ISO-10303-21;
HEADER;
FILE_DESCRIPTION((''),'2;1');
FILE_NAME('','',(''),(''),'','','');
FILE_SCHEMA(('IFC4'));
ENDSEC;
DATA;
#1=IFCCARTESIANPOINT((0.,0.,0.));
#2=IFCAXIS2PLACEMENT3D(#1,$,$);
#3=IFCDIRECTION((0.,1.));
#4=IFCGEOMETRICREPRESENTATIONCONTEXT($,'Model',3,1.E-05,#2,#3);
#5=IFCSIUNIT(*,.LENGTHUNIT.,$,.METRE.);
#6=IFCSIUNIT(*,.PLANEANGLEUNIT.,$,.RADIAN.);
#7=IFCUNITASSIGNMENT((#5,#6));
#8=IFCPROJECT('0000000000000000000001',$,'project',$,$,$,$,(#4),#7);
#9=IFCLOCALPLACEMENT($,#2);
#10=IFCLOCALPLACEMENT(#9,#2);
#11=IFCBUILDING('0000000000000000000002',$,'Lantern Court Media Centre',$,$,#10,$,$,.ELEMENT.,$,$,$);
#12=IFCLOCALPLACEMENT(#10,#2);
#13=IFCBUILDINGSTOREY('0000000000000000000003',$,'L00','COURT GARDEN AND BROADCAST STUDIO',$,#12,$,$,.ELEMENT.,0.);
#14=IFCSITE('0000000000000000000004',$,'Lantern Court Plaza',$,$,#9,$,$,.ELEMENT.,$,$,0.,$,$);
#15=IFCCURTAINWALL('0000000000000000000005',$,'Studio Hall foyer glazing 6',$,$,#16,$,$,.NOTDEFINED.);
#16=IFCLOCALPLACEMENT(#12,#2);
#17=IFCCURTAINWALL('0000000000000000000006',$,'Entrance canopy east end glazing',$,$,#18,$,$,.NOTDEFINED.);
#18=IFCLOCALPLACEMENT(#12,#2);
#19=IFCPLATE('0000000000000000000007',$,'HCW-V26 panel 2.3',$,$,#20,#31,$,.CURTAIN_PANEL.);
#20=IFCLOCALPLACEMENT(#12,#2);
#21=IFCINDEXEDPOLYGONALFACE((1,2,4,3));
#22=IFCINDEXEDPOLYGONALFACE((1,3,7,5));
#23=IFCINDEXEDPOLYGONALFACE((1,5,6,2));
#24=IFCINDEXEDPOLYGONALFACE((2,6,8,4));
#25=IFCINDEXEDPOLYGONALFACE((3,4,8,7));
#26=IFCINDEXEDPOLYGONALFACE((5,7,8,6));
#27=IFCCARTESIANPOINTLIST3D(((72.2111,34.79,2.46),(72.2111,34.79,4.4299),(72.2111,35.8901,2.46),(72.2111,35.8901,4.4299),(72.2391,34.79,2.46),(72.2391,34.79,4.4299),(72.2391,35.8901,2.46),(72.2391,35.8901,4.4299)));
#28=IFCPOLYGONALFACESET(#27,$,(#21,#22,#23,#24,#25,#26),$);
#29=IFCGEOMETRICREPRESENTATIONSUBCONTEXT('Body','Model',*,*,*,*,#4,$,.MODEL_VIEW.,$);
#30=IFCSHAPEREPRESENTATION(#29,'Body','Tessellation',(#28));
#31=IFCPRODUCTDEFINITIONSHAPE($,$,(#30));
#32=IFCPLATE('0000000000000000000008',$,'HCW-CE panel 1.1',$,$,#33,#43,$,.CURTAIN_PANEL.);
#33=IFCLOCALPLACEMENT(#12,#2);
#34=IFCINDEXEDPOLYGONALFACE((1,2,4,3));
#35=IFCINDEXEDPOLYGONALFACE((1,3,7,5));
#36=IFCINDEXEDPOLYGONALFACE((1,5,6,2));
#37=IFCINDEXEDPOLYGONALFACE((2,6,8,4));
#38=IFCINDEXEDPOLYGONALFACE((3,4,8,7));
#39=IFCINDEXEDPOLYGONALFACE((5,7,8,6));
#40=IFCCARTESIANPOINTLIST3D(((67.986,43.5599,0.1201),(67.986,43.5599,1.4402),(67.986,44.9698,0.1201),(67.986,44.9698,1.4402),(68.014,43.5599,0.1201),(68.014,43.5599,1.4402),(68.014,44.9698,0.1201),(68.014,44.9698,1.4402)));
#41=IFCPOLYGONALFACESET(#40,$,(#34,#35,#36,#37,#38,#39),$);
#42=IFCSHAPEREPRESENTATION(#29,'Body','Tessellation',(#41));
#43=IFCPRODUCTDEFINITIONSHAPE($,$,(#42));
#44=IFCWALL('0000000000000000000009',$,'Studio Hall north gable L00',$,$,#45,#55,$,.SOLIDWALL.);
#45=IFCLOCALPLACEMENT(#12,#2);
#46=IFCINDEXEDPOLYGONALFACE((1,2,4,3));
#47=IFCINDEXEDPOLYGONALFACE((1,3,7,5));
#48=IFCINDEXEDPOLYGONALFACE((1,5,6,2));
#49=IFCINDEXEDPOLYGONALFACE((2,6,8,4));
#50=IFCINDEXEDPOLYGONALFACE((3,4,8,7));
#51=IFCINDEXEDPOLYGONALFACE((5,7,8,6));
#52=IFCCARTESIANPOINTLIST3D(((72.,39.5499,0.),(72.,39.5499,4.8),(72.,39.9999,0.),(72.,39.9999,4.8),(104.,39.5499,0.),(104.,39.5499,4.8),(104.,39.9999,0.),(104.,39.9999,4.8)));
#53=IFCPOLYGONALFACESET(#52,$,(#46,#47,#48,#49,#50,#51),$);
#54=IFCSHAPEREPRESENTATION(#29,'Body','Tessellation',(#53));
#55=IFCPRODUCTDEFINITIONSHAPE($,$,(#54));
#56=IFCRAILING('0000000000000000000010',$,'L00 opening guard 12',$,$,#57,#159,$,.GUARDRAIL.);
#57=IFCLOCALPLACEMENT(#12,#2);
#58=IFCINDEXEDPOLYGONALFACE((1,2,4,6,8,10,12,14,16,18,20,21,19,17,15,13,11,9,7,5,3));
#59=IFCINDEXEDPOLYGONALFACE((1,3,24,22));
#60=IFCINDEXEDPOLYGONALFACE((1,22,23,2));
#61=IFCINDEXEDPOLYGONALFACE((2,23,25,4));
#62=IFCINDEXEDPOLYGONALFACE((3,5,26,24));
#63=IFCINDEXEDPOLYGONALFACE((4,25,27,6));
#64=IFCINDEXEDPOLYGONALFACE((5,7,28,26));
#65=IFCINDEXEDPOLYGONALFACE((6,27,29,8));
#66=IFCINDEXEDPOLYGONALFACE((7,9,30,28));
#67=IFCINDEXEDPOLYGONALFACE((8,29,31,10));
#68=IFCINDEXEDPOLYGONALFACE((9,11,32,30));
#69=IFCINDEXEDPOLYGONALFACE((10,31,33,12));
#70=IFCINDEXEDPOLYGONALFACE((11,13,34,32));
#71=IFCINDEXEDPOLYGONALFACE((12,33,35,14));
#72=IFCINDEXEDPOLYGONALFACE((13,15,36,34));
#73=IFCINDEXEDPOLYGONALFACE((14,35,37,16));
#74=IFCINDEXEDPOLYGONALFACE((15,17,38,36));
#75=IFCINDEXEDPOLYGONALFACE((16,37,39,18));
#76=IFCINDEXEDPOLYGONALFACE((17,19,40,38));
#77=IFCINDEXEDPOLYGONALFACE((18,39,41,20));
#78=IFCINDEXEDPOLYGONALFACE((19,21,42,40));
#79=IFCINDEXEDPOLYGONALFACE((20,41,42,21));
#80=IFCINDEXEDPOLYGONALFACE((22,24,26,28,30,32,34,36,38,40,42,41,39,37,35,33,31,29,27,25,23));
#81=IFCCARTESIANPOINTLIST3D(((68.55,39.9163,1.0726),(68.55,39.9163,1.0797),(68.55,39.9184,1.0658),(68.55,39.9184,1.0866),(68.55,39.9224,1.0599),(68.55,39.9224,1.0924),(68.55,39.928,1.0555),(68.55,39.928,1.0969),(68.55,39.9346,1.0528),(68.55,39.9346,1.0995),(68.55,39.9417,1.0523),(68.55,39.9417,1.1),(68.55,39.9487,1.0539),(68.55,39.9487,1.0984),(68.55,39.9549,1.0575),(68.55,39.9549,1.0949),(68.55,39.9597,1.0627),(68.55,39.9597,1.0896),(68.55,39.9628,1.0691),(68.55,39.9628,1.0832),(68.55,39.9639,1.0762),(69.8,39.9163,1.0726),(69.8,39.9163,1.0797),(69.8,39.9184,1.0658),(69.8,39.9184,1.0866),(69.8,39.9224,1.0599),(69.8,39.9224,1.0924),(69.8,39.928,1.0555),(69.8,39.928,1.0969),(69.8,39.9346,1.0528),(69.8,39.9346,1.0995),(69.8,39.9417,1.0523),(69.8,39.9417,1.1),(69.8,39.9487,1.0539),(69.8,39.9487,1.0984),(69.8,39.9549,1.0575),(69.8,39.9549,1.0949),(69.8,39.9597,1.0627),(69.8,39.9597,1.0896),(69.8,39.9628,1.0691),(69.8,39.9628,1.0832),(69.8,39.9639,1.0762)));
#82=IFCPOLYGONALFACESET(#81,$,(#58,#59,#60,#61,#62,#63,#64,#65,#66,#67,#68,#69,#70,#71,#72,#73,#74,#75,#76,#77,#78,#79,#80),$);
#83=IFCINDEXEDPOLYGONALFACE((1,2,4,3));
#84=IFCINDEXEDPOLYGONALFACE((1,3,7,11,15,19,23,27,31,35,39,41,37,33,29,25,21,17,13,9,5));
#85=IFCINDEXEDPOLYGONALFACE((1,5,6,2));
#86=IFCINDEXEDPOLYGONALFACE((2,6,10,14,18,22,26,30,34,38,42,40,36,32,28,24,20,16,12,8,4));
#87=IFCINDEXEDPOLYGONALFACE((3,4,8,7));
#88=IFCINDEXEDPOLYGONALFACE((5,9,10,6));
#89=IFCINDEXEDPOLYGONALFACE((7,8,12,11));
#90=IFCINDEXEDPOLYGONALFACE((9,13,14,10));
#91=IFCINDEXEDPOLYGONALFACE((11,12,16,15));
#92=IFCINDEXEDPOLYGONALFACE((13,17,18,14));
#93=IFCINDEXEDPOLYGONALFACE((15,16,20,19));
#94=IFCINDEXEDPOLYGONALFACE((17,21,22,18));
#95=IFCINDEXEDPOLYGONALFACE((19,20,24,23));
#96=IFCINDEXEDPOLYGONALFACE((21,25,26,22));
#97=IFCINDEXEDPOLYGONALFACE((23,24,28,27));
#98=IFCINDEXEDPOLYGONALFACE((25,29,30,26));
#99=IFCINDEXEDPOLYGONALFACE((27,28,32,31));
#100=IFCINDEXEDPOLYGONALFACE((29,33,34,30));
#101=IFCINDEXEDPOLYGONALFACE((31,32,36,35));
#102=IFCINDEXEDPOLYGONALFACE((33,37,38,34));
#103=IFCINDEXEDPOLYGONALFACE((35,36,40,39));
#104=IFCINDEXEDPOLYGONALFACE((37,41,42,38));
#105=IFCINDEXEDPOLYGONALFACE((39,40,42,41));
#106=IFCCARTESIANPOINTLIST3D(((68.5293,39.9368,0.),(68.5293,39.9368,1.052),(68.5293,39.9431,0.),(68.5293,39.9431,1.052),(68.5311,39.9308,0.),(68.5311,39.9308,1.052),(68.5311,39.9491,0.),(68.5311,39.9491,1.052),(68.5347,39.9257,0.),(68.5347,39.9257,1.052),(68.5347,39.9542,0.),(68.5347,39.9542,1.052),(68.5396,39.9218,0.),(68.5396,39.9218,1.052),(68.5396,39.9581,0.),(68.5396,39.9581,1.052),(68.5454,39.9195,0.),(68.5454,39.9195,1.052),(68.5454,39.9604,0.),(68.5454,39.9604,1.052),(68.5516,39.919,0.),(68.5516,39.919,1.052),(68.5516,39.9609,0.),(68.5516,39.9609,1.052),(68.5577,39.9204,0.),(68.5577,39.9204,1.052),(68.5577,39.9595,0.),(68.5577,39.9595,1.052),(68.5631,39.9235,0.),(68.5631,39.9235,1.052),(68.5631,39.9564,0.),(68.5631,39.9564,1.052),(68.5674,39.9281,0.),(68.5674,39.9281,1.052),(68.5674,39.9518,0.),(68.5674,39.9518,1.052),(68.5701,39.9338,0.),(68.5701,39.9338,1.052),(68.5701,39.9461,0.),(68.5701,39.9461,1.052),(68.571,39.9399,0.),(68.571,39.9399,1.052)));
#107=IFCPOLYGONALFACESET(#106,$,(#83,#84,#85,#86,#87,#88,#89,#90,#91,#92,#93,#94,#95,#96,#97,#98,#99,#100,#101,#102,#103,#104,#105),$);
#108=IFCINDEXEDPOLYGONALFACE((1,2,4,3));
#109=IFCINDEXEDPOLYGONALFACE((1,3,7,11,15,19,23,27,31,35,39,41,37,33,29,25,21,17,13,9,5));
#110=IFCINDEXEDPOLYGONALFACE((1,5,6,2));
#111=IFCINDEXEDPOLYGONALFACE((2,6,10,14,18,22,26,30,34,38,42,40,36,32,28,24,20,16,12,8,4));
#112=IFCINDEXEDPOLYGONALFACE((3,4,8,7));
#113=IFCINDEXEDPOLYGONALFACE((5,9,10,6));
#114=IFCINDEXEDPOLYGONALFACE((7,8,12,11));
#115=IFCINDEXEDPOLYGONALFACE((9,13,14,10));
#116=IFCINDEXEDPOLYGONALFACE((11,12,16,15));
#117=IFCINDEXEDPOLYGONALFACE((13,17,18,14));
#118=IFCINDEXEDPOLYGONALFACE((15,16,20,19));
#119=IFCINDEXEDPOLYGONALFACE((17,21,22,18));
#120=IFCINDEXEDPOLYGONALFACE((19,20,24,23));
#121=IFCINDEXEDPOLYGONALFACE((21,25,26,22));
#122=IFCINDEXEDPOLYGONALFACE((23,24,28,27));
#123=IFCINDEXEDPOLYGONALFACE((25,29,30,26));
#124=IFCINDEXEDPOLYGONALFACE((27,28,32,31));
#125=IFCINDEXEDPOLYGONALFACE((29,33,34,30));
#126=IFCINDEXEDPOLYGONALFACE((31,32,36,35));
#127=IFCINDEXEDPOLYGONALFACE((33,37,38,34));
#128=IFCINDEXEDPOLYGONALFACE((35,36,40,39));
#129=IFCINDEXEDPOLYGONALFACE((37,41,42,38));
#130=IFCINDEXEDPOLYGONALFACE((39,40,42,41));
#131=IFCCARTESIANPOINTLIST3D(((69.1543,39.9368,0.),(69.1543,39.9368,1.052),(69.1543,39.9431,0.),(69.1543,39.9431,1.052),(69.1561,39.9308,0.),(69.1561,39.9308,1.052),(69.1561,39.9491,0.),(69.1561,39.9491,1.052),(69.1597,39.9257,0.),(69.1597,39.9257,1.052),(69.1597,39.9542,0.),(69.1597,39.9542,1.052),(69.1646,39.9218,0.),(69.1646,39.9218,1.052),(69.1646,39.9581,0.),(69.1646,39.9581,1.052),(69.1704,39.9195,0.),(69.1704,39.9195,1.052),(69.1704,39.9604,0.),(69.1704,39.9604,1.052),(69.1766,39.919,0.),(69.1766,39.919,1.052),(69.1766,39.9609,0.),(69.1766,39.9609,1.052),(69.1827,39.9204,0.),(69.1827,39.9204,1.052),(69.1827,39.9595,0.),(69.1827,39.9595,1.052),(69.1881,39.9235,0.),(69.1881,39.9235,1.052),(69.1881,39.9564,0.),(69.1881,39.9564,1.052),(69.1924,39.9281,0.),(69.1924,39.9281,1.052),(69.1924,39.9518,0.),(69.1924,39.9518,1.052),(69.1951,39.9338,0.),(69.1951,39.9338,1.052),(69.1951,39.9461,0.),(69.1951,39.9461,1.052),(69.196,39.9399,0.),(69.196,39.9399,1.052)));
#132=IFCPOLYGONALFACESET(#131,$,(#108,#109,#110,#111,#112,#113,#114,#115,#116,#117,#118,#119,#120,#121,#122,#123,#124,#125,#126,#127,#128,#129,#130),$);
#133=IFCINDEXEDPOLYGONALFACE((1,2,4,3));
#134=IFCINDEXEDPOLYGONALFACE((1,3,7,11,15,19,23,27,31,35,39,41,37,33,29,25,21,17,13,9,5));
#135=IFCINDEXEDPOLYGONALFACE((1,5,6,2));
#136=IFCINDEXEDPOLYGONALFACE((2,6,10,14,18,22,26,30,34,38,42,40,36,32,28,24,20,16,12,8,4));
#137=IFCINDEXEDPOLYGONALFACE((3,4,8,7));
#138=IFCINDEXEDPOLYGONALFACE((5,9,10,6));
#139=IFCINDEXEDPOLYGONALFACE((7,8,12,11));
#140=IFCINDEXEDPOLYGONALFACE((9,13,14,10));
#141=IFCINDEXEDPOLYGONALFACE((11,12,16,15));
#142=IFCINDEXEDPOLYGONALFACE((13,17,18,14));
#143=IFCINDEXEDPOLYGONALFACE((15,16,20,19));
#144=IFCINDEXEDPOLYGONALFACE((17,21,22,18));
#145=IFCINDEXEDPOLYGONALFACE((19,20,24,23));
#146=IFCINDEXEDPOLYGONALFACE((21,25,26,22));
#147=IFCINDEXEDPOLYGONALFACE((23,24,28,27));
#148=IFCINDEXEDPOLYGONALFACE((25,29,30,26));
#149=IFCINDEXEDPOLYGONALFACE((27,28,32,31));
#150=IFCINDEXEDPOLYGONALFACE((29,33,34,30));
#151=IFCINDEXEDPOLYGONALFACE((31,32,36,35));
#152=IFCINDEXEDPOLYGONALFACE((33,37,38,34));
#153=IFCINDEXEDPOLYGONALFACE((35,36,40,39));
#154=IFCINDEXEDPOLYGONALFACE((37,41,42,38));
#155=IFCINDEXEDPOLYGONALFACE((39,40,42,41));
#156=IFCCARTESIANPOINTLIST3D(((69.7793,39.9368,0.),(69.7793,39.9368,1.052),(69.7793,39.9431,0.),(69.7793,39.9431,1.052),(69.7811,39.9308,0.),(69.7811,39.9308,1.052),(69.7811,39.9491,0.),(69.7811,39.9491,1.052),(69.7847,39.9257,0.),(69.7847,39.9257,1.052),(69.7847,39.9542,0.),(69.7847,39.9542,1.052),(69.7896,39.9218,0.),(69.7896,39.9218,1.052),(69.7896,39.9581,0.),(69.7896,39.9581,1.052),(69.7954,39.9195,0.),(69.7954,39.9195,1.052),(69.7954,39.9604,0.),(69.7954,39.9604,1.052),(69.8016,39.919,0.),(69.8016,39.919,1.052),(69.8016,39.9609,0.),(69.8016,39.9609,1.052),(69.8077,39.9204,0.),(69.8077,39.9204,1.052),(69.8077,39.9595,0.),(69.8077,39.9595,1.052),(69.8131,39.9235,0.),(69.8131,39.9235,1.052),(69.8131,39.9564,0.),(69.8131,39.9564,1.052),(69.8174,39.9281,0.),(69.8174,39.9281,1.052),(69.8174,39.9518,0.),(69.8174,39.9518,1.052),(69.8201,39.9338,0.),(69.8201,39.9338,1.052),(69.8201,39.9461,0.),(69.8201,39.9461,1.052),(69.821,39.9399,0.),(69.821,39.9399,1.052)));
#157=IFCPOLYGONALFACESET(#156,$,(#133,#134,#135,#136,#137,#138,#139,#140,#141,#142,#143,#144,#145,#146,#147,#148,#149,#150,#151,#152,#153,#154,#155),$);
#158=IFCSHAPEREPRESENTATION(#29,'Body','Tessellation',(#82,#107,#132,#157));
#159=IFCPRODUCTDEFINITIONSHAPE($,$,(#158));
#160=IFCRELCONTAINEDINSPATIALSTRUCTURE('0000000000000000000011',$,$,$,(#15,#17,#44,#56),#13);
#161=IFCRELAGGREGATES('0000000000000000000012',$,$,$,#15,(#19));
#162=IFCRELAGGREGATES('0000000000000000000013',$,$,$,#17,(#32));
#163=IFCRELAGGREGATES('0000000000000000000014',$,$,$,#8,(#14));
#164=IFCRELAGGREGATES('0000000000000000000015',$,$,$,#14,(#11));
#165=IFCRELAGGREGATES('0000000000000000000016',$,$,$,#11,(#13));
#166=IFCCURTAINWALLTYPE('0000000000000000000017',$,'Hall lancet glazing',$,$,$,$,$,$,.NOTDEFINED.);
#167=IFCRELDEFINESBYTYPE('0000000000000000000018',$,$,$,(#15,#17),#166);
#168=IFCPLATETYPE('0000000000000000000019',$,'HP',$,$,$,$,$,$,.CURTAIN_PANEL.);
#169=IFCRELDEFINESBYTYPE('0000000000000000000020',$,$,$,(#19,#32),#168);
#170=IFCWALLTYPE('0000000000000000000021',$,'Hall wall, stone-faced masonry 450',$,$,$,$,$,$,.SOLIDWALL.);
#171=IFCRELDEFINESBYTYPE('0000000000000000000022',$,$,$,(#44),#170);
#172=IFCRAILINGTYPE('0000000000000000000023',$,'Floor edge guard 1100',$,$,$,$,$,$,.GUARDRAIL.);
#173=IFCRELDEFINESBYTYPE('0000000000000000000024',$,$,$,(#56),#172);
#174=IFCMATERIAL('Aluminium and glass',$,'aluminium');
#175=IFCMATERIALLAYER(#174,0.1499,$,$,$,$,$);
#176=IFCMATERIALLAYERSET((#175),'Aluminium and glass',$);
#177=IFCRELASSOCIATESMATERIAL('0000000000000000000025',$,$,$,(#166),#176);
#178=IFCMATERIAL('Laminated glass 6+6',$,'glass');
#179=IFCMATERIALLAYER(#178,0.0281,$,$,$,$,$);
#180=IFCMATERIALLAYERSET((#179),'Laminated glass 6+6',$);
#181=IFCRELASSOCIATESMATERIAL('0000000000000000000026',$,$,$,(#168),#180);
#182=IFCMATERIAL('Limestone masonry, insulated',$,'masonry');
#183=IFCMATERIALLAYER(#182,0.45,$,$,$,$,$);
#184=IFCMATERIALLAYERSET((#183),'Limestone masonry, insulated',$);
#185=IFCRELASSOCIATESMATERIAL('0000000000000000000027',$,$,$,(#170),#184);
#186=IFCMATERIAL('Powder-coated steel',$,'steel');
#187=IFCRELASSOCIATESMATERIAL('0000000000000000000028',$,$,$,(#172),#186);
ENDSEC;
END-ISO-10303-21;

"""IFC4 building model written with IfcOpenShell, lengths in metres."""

from ifc_helpers import new_model, si_unit, direction, frame, frame_2d, origin, origin_2d, place, context, subcontext, project, spatial, rectangle, circle, extrude, material, layer, layer_set, type_object, element, aggregate, save


model = new_model("IFC4")

# Units and contexts
model_context = context("Model", 3, precision=1e-05, world=origin(), true_north=direction((0.0, 1.0)))
body_context = subcontext(model_context, "Body", "Model", "MODEL_VIEW")
ifc_project = project(units=[si_unit("LENGTHUNIT", "METRE"), si_unit("PLANEANGLEUNIT", "RADIAN")], contexts=[model_context])

# Site, building, storey
site_placement = place(None, origin())
site = spatial("IfcSite", under=ifc_project, at=site_placement, Name="Lantern Court Plaza", CompositionType="ELEMENT", RefElevation=0.0)
building_placement = place(site_placement, origin())
building = spatial("IfcBuilding", under=site, at=building_placement, Name="Lantern Court Media Centre", CompositionType="ELEMENT")
storey_placement = place(building_placement, origin())
storey = spatial("IfcBuildingStorey", under=building, at=storey_placement, Name="L00", Description="COURT GARDEN AND BROADCAST STUDIO", CompositionType="ELEMENT", Elevation=0.0)

# Curtain walls
ifc_material_1 = material(Name="Aluminium and glass", Category="aluminium")
ifc_layer_1 = layer(ifc_material_1, 0.1499)
ifc_layer_set_1 = layer_set([ifc_layer_1], Name="Aluminium and glass")
curtain_wall_type = type_object("IfcCurtainWallType", Name="Hall lancet glazing", PredefinedType="NOTDEFINED", material=ifc_layer_set_1)
curtain_wall_1_placement = place(storey_placement, origin())
curtain_wall_1 = element("IfcCurtainWall", 1, at=curtain_wall_1_placement, inside=storey, type_object=curtain_wall_type, Name="Studio Hall foyer glazing 6", PredefinedType="NOTDEFINED")
curtain_wall_2_placement = place(storey_placement, origin())
curtain_wall_2 = element("IfcCurtainWall", 2, at=curtain_wall_2_placement, inside=storey, type_object=curtain_wall_type, Name="Entrance canopy east end glazing", PredefinedType="NOTDEFINED")

# Plates
ifc_material_2 = material(Name="Laminated glass 6+6", Category="glass")
ifc_layer_2 = layer(ifc_material_2, 0.0281)
ifc_layer_set_2 = layer_set([ifc_layer_2], Name="Laminated glass 6+6")
plate_type = type_object("IfcPlateType", Name="HP", PredefinedType="CURTAIN_PANEL", material=ifc_layer_set_2)
plate_1_placement = place(storey_placement, frame((72.2251, 35.3401, 2.46), z_axis=(0.0, 0.0, 1.0), x_axis=(0.0, 1.0, 0.0)))
plate_1 = element("IfcPlate", 3, at=plate_1_placement, type_object=plate_type, Name="HCW-V26 panel 2.3", PredefinedType="CURTAIN_PANEL", context=body_context, shape_type="SweptSolid", body=[
    extrude(rectangle(XDim=1.1001, YDim=0.0281, at=origin_2d()), origin(), (0.0, 0.0, 1.0), 1.97),
])
aggregate(curtain_wall_1, [plate_1])
plate_2_placement = place(storey_placement, frame((68.0, 44.2649, 0.1201), z_axis=(0.0, 0.0, 1.0), x_axis=(0.0, 1.0, 0.0)))
plate_2 = element("IfcPlate", 4, at=plate_2_placement, type_object=plate_type, Name="HCW-CE panel 1.1", PredefinedType="CURTAIN_PANEL", context=body_context, shape_type="SweptSolid", body=[
    extrude(rectangle(XDim=1.4099, YDim=0.0281, at=origin_2d()), origin(), (0.0, 0.0, 1.0), 1.3201),
])
aggregate(curtain_wall_2, [plate_2])

# Wall
ifc_material_3 = material(Name="Limestone masonry, insulated", Category="masonry")
ifc_layer_3 = layer(ifc_material_3, 0.45)
ifc_layer_set_3 = layer_set([ifc_layer_3], Name="Limestone masonry, insulated")
wall_type = type_object("IfcWallType", Name="Hall wall, stone-faced masonry 450", PredefinedType="SOLIDWALL", material=ifc_layer_set_3)
wall_placement = place(storey_placement, frame((72.0, 39.7749, 0.0), z_axis=(0.0, 0.0, 1.0), x_axis=(1.0, 0.0, 0.0)))
element("IfcWall", 5, at=wall_placement, inside=storey, type_object=wall_type, Name="Studio Hall north gable L00", PredefinedType="SOLIDWALL", context=body_context, shape_type="SweptSolid", body=[
    extrude(rectangle(XDim=32.0, YDim=0.45, at=frame_2d((16.0, 0.0))), origin(), (0.0, 0.0, 1.0), 4.8),
])

# Railing
ifc_material_4 = material(Name="Powder-coated steel", Category="steel")
railing_type_1 = type_object("IfcRailingType", Name="Floor edge guard 1100", PredefinedType="GUARDRAIL", material=ifc_material_4)
railing_1_placement = place(storey_placement, frame((68.55, 39.9399, 0.0)))
element("IfcRailing", 6, at=railing_1_placement, inside=storey, type_object=railing_type_1, Name="L00 opening guard 12", PredefinedType="GUARDRAIL", context=body_context, shape_type="SweptSolid", body=[
    extrude(circle(Radius=0.0239, at=origin_2d()), frame((0.0, 0.0, 1.0762), z_axis=(1.0, 0.0, 0.0), x_axis=(0.0, 1.0, 0.0)), (0.0, 0.0, 1.0), 1.25),
    extrude(circle(Radius=0.021, at=origin_2d()), origin(), (0.0, 0.0, 1.0), 1.052),
    extrude(circle(Radius=0.021, at=origin_2d()), frame((0.625, 0.0, 0.0)), (0.0, 0.0, 1.0), 1.052),
    extrude(circle(Radius=0.021, at=origin_2d()), frame((1.25, 0.0, 0.0)), (0.0, 0.0, 1.0), 1.052),
])

save(model, "model.ifc")
